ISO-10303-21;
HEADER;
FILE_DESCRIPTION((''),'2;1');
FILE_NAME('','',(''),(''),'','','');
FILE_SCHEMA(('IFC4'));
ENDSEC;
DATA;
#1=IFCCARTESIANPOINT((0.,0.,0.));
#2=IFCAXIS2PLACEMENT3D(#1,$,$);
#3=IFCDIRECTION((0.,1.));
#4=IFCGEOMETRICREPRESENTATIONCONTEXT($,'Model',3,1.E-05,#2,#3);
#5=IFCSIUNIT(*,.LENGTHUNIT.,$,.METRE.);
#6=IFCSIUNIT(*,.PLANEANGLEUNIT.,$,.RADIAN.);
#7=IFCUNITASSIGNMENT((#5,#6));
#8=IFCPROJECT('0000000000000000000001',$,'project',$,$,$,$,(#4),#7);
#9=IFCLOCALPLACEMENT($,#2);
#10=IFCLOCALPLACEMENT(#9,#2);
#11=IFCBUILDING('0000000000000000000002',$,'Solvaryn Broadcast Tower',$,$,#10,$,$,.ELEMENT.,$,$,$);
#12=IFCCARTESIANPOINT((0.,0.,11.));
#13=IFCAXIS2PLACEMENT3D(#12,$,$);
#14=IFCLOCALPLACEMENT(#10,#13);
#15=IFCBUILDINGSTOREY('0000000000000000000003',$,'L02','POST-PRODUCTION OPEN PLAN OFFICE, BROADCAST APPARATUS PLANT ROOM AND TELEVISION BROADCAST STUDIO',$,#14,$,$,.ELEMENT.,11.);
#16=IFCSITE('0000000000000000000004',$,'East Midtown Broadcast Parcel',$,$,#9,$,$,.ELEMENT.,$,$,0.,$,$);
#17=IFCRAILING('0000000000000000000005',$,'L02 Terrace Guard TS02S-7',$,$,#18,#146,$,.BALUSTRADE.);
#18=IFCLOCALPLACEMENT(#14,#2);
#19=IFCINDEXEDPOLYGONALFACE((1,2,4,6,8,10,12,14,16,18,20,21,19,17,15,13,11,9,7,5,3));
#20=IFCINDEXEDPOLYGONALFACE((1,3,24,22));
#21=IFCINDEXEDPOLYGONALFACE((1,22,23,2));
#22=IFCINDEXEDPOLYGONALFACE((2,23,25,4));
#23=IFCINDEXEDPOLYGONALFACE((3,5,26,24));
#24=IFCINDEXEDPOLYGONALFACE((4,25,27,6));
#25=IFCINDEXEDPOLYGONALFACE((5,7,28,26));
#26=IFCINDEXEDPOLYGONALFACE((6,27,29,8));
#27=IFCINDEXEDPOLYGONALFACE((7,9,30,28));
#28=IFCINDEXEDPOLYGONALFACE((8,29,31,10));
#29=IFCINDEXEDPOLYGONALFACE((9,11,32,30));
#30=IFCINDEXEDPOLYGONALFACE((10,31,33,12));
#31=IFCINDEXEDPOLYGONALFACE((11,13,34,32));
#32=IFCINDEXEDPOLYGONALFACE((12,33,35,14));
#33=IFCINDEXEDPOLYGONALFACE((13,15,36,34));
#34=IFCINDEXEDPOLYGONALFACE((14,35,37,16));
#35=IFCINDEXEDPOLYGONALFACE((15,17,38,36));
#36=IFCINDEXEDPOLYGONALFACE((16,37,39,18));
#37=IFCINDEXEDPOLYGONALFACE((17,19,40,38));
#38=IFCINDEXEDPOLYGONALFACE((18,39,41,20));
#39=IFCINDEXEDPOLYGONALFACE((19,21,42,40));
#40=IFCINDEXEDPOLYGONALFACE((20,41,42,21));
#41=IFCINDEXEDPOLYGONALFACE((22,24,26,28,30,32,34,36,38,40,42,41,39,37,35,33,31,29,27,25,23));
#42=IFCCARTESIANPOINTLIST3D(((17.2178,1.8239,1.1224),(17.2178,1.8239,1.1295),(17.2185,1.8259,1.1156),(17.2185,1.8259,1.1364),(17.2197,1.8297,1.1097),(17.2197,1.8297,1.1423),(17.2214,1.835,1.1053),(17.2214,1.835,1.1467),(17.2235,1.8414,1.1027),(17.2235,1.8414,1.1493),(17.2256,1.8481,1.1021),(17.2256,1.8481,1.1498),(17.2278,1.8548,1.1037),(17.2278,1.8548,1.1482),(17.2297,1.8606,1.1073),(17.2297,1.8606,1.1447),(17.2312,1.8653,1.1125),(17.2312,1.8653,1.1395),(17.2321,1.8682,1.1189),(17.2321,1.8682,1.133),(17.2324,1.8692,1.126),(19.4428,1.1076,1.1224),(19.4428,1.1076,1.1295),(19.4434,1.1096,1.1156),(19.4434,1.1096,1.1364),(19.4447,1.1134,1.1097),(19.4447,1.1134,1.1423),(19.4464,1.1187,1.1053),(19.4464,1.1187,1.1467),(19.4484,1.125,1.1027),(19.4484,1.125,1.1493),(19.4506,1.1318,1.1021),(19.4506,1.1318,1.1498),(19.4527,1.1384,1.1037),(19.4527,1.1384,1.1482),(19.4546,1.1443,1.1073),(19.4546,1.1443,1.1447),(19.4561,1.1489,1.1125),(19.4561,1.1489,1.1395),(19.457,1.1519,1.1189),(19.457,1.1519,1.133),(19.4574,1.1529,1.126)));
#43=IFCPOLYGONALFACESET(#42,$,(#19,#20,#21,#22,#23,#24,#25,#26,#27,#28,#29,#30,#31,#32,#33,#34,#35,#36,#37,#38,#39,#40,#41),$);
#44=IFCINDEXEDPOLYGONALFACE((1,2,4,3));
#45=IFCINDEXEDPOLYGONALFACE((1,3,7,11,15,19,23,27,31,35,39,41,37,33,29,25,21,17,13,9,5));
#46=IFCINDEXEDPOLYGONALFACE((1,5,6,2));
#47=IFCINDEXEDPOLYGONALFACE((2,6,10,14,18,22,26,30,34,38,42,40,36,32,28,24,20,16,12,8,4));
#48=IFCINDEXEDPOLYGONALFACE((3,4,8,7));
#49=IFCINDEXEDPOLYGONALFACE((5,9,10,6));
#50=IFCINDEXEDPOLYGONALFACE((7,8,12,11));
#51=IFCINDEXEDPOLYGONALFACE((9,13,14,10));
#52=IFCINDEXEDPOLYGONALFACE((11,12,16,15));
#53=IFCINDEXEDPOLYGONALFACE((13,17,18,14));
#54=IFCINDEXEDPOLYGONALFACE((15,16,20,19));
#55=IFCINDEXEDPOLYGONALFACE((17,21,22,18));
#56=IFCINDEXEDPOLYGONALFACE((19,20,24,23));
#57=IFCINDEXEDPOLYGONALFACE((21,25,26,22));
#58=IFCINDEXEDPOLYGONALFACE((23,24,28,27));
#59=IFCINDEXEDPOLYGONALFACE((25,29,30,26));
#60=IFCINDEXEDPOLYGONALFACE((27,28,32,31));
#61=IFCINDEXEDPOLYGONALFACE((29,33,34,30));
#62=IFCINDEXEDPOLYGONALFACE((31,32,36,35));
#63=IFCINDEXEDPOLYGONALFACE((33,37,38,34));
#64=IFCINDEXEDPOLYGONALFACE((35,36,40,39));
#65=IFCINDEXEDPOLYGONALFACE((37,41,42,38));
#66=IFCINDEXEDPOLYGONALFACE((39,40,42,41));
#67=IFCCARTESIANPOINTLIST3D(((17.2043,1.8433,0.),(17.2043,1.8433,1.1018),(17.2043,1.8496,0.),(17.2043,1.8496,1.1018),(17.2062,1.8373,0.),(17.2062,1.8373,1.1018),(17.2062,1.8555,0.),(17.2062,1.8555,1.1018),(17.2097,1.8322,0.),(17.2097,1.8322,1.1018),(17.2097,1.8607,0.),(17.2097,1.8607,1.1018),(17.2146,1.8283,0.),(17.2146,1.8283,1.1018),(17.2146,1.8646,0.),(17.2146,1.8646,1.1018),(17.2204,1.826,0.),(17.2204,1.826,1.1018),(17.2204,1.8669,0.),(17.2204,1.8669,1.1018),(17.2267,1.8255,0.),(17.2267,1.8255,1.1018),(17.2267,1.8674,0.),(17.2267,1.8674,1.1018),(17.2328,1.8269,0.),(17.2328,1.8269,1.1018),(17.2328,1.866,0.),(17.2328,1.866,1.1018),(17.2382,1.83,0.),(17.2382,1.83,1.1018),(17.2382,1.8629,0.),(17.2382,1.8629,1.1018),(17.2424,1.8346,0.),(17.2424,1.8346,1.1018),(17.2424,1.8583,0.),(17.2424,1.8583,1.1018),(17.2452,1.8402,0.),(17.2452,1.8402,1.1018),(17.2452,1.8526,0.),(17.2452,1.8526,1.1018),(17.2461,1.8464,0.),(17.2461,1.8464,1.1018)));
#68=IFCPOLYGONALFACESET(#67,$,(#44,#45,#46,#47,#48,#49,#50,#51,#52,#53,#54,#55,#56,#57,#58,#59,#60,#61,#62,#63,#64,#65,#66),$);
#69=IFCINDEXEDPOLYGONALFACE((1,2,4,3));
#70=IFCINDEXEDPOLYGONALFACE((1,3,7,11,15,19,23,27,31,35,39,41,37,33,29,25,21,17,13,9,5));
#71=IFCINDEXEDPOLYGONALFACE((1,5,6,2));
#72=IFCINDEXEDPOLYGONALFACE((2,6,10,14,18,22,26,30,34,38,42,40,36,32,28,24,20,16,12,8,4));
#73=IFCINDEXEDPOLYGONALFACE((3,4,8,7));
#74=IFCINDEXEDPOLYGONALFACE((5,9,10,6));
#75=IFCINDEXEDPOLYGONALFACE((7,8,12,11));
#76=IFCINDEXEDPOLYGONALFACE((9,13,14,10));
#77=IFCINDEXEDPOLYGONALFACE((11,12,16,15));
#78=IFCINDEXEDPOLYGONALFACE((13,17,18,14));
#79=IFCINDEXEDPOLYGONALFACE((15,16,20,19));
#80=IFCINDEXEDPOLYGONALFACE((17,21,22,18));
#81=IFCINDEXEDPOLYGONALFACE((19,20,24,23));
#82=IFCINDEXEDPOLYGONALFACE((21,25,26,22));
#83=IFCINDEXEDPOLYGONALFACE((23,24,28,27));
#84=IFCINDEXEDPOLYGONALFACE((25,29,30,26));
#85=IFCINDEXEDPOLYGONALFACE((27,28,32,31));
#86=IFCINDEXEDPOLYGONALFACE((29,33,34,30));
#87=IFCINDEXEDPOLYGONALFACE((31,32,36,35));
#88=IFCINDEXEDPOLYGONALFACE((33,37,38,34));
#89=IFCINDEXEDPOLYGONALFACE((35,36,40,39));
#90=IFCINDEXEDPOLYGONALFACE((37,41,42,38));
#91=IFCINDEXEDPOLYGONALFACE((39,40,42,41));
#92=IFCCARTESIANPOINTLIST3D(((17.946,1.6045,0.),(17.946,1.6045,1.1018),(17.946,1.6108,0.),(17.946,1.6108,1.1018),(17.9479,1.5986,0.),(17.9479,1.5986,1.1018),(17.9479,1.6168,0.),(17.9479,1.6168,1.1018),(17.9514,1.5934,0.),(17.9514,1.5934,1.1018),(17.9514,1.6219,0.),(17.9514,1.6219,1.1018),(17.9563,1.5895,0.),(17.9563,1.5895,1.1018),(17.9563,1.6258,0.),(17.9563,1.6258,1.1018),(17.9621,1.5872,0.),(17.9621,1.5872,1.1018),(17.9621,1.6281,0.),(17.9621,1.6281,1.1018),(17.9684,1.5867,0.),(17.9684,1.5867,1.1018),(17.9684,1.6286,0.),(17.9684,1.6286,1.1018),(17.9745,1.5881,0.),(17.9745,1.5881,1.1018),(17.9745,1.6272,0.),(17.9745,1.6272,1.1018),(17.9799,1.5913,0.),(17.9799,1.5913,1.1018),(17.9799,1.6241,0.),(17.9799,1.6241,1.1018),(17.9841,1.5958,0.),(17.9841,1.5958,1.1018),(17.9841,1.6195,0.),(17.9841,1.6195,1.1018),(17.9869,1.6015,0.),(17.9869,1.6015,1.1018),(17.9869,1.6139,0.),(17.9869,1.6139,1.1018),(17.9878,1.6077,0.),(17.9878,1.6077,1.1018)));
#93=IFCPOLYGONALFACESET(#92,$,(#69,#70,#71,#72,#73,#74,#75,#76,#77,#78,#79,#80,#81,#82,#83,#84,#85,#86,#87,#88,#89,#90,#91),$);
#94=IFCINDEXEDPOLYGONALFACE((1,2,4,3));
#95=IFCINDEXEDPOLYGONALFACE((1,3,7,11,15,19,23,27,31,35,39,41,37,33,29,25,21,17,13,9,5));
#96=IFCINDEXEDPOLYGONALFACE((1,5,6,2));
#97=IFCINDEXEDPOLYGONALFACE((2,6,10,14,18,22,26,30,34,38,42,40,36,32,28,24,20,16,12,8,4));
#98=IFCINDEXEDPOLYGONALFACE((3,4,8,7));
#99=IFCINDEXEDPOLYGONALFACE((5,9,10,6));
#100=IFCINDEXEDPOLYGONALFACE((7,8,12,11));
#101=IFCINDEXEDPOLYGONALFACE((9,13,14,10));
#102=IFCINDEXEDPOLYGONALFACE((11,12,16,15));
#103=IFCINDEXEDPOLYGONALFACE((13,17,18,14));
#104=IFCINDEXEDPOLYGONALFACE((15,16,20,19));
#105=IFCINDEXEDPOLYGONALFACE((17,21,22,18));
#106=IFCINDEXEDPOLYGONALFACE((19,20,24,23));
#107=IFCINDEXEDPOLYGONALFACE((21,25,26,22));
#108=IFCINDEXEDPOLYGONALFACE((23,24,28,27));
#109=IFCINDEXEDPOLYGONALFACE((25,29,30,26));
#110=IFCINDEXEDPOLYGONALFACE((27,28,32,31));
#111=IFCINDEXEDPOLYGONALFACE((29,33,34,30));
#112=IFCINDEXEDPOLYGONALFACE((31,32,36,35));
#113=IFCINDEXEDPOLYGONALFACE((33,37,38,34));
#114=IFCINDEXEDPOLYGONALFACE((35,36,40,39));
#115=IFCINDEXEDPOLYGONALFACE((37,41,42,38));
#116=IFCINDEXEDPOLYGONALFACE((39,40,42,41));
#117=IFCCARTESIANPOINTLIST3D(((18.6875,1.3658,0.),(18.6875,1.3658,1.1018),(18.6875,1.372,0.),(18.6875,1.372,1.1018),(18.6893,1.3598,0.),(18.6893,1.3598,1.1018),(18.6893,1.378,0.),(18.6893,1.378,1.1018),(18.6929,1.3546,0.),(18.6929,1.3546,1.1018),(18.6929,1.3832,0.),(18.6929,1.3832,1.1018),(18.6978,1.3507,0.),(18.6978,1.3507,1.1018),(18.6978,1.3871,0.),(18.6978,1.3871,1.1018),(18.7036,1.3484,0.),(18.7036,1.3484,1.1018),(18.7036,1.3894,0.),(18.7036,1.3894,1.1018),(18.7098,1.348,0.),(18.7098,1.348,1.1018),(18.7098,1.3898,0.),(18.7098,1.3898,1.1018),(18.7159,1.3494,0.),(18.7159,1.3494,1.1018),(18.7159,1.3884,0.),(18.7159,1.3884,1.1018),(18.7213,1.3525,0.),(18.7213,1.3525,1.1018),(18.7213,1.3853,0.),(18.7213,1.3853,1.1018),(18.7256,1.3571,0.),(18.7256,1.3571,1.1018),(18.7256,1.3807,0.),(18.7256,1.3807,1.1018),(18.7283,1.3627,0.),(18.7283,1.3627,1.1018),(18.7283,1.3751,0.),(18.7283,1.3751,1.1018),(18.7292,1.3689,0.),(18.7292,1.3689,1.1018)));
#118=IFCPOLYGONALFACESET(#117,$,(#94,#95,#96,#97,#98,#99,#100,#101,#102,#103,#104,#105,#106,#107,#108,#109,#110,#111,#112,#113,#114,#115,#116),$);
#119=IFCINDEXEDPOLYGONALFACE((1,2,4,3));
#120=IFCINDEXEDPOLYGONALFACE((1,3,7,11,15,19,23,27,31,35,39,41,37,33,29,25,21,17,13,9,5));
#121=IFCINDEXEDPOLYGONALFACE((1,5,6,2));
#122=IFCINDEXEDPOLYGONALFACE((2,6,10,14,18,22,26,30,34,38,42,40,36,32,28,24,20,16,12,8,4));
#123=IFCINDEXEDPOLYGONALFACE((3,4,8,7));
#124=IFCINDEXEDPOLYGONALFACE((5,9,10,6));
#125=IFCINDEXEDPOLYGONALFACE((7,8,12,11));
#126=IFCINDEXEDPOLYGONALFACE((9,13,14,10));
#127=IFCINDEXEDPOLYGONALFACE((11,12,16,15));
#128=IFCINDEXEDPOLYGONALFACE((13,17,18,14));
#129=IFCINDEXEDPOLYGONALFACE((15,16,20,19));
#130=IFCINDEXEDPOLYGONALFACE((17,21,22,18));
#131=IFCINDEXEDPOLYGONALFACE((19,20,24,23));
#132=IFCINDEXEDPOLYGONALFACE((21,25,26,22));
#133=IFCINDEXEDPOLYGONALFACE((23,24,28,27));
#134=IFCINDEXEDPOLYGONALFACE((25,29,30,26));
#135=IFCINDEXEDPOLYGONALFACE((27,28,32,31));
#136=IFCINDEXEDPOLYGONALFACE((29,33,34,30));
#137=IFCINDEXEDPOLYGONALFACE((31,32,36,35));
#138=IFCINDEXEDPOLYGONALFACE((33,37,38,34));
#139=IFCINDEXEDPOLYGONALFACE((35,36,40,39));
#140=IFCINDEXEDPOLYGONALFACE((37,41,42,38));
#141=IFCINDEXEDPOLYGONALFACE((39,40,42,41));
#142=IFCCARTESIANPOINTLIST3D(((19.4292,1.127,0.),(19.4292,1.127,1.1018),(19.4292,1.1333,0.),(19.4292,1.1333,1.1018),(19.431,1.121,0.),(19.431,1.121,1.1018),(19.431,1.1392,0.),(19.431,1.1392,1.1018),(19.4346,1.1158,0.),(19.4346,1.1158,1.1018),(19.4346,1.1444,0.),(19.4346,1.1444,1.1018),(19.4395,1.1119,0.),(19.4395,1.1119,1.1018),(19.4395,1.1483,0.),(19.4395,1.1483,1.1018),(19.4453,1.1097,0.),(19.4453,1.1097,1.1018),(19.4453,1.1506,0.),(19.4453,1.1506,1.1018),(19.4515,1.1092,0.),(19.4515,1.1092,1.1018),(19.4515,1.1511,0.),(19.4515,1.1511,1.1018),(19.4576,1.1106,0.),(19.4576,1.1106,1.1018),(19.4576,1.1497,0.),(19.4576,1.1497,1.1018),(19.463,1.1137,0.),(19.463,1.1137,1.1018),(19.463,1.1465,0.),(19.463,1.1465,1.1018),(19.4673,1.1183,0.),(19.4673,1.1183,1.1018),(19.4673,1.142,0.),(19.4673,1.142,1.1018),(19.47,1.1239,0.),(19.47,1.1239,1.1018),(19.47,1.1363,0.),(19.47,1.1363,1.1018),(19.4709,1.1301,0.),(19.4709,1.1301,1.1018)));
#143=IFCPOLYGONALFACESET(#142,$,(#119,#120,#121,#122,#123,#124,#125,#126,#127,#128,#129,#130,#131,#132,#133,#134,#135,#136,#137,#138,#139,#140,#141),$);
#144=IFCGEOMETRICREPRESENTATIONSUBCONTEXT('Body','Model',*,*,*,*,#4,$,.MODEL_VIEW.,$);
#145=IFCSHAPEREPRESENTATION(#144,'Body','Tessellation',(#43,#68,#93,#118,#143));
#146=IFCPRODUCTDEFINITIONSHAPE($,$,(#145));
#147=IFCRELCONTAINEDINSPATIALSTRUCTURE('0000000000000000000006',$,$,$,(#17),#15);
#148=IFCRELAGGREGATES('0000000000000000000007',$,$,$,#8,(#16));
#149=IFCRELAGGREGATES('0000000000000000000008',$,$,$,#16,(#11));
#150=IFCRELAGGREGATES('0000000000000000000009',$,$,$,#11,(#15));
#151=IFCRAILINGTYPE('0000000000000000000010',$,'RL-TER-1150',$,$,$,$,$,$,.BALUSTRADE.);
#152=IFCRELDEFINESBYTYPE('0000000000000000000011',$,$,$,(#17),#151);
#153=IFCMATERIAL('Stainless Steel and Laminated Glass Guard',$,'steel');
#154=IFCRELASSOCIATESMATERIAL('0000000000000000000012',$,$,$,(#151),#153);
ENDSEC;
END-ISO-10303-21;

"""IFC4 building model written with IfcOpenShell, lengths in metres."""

from ifc_helpers import new_model, si_unit, direction, frame, origin, origin_2d, place, context, subcontext, project, spatial, circle, extrude, material, type_object, element, save


model = new_model("IFC4")

# Units and contexts
model_context = context("Model", 3, precision=1e-05, world=origin(), true_north=direction((0.0, 1.0)))
body_context = subcontext(model_context, "Body", "Model", "MODEL_VIEW")
ifc_project = project(units=[si_unit("LENGTHUNIT", "METRE"), si_unit("PLANEANGLEUNIT", "RADIAN")], contexts=[model_context])

# Site, building, storey
site_placement = place(None, origin())
site = spatial("IfcSite", under=ifc_project, at=site_placement, Name="East Midtown Broadcast Parcel", CompositionType="ELEMENT", RefElevation=0.0)
building_placement = place(site_placement, origin())
building = spatial("IfcBuilding", under=site, at=building_placement, Name="Solvaryn Broadcast Tower", CompositionType="ELEMENT")
storey_placement = place(building_placement, frame((0.0, 0.0, 11.0)))
storey = spatial("IfcBuildingStorey", under=building, at=storey_placement, Name="L02", Description="POST-PRODUCTION OPEN PLAN OFFICE, BROADCAST APPARATUS PLANT ROOM AND TELEVISION BROADCAST STUDIO", CompositionType="ELEMENT", Elevation=11.0)

# Railing
ifc_material_1 = material(Name="Stainless Steel and Laminated Glass Guard", Category="steel")
railing_type = type_object("IfcRailingType", Name="RL-TER-1150", PredefinedType="BALUSTRADE", material=ifc_material_1)
railing_1_placement = place(storey_placement, frame((17.2251, 1.8464, 0.0)))
element("IfcRailing", 1, at=railing_1_placement, inside=storey, type_object=railing_type, Name="L02 Terrace Guard TS02S-7", PredefinedType="BALUSTRADE", context=body_context, shape_type="SweptSolid", body=[
    extrude(circle(Radius=0.0239, at=origin_2d()), frame((0.0, 0.0, 1.126), z_axis=(0.951882, -0.306466, 0.0), x_axis=(0.306466, 0.951882, 0.0)), (0.0, 0.0, 1.0), 2.3374),
    extrude(circle(Radius=0.021, at=origin_2d()), origin(), (0.0, 0.0, 1.0), 1.1018),
    extrude(circle(Radius=0.021, at=origin_2d()), frame((0.7417, -0.2388, 0.0)), (0.0, 0.0, 1.0), 1.1018),
    extrude(circle(Radius=0.021, at=origin_2d()), frame((1.4832, -0.4775, 0.0)), (0.0, 0.0, 1.0), 1.1018),
    extrude(circle(Radius=0.021, at=origin_2d()), frame((2.2249, -0.7163, 0.0)), (0.0, 0.0, 1.0), 1.1018),
])

save(model, "model.ifc")
